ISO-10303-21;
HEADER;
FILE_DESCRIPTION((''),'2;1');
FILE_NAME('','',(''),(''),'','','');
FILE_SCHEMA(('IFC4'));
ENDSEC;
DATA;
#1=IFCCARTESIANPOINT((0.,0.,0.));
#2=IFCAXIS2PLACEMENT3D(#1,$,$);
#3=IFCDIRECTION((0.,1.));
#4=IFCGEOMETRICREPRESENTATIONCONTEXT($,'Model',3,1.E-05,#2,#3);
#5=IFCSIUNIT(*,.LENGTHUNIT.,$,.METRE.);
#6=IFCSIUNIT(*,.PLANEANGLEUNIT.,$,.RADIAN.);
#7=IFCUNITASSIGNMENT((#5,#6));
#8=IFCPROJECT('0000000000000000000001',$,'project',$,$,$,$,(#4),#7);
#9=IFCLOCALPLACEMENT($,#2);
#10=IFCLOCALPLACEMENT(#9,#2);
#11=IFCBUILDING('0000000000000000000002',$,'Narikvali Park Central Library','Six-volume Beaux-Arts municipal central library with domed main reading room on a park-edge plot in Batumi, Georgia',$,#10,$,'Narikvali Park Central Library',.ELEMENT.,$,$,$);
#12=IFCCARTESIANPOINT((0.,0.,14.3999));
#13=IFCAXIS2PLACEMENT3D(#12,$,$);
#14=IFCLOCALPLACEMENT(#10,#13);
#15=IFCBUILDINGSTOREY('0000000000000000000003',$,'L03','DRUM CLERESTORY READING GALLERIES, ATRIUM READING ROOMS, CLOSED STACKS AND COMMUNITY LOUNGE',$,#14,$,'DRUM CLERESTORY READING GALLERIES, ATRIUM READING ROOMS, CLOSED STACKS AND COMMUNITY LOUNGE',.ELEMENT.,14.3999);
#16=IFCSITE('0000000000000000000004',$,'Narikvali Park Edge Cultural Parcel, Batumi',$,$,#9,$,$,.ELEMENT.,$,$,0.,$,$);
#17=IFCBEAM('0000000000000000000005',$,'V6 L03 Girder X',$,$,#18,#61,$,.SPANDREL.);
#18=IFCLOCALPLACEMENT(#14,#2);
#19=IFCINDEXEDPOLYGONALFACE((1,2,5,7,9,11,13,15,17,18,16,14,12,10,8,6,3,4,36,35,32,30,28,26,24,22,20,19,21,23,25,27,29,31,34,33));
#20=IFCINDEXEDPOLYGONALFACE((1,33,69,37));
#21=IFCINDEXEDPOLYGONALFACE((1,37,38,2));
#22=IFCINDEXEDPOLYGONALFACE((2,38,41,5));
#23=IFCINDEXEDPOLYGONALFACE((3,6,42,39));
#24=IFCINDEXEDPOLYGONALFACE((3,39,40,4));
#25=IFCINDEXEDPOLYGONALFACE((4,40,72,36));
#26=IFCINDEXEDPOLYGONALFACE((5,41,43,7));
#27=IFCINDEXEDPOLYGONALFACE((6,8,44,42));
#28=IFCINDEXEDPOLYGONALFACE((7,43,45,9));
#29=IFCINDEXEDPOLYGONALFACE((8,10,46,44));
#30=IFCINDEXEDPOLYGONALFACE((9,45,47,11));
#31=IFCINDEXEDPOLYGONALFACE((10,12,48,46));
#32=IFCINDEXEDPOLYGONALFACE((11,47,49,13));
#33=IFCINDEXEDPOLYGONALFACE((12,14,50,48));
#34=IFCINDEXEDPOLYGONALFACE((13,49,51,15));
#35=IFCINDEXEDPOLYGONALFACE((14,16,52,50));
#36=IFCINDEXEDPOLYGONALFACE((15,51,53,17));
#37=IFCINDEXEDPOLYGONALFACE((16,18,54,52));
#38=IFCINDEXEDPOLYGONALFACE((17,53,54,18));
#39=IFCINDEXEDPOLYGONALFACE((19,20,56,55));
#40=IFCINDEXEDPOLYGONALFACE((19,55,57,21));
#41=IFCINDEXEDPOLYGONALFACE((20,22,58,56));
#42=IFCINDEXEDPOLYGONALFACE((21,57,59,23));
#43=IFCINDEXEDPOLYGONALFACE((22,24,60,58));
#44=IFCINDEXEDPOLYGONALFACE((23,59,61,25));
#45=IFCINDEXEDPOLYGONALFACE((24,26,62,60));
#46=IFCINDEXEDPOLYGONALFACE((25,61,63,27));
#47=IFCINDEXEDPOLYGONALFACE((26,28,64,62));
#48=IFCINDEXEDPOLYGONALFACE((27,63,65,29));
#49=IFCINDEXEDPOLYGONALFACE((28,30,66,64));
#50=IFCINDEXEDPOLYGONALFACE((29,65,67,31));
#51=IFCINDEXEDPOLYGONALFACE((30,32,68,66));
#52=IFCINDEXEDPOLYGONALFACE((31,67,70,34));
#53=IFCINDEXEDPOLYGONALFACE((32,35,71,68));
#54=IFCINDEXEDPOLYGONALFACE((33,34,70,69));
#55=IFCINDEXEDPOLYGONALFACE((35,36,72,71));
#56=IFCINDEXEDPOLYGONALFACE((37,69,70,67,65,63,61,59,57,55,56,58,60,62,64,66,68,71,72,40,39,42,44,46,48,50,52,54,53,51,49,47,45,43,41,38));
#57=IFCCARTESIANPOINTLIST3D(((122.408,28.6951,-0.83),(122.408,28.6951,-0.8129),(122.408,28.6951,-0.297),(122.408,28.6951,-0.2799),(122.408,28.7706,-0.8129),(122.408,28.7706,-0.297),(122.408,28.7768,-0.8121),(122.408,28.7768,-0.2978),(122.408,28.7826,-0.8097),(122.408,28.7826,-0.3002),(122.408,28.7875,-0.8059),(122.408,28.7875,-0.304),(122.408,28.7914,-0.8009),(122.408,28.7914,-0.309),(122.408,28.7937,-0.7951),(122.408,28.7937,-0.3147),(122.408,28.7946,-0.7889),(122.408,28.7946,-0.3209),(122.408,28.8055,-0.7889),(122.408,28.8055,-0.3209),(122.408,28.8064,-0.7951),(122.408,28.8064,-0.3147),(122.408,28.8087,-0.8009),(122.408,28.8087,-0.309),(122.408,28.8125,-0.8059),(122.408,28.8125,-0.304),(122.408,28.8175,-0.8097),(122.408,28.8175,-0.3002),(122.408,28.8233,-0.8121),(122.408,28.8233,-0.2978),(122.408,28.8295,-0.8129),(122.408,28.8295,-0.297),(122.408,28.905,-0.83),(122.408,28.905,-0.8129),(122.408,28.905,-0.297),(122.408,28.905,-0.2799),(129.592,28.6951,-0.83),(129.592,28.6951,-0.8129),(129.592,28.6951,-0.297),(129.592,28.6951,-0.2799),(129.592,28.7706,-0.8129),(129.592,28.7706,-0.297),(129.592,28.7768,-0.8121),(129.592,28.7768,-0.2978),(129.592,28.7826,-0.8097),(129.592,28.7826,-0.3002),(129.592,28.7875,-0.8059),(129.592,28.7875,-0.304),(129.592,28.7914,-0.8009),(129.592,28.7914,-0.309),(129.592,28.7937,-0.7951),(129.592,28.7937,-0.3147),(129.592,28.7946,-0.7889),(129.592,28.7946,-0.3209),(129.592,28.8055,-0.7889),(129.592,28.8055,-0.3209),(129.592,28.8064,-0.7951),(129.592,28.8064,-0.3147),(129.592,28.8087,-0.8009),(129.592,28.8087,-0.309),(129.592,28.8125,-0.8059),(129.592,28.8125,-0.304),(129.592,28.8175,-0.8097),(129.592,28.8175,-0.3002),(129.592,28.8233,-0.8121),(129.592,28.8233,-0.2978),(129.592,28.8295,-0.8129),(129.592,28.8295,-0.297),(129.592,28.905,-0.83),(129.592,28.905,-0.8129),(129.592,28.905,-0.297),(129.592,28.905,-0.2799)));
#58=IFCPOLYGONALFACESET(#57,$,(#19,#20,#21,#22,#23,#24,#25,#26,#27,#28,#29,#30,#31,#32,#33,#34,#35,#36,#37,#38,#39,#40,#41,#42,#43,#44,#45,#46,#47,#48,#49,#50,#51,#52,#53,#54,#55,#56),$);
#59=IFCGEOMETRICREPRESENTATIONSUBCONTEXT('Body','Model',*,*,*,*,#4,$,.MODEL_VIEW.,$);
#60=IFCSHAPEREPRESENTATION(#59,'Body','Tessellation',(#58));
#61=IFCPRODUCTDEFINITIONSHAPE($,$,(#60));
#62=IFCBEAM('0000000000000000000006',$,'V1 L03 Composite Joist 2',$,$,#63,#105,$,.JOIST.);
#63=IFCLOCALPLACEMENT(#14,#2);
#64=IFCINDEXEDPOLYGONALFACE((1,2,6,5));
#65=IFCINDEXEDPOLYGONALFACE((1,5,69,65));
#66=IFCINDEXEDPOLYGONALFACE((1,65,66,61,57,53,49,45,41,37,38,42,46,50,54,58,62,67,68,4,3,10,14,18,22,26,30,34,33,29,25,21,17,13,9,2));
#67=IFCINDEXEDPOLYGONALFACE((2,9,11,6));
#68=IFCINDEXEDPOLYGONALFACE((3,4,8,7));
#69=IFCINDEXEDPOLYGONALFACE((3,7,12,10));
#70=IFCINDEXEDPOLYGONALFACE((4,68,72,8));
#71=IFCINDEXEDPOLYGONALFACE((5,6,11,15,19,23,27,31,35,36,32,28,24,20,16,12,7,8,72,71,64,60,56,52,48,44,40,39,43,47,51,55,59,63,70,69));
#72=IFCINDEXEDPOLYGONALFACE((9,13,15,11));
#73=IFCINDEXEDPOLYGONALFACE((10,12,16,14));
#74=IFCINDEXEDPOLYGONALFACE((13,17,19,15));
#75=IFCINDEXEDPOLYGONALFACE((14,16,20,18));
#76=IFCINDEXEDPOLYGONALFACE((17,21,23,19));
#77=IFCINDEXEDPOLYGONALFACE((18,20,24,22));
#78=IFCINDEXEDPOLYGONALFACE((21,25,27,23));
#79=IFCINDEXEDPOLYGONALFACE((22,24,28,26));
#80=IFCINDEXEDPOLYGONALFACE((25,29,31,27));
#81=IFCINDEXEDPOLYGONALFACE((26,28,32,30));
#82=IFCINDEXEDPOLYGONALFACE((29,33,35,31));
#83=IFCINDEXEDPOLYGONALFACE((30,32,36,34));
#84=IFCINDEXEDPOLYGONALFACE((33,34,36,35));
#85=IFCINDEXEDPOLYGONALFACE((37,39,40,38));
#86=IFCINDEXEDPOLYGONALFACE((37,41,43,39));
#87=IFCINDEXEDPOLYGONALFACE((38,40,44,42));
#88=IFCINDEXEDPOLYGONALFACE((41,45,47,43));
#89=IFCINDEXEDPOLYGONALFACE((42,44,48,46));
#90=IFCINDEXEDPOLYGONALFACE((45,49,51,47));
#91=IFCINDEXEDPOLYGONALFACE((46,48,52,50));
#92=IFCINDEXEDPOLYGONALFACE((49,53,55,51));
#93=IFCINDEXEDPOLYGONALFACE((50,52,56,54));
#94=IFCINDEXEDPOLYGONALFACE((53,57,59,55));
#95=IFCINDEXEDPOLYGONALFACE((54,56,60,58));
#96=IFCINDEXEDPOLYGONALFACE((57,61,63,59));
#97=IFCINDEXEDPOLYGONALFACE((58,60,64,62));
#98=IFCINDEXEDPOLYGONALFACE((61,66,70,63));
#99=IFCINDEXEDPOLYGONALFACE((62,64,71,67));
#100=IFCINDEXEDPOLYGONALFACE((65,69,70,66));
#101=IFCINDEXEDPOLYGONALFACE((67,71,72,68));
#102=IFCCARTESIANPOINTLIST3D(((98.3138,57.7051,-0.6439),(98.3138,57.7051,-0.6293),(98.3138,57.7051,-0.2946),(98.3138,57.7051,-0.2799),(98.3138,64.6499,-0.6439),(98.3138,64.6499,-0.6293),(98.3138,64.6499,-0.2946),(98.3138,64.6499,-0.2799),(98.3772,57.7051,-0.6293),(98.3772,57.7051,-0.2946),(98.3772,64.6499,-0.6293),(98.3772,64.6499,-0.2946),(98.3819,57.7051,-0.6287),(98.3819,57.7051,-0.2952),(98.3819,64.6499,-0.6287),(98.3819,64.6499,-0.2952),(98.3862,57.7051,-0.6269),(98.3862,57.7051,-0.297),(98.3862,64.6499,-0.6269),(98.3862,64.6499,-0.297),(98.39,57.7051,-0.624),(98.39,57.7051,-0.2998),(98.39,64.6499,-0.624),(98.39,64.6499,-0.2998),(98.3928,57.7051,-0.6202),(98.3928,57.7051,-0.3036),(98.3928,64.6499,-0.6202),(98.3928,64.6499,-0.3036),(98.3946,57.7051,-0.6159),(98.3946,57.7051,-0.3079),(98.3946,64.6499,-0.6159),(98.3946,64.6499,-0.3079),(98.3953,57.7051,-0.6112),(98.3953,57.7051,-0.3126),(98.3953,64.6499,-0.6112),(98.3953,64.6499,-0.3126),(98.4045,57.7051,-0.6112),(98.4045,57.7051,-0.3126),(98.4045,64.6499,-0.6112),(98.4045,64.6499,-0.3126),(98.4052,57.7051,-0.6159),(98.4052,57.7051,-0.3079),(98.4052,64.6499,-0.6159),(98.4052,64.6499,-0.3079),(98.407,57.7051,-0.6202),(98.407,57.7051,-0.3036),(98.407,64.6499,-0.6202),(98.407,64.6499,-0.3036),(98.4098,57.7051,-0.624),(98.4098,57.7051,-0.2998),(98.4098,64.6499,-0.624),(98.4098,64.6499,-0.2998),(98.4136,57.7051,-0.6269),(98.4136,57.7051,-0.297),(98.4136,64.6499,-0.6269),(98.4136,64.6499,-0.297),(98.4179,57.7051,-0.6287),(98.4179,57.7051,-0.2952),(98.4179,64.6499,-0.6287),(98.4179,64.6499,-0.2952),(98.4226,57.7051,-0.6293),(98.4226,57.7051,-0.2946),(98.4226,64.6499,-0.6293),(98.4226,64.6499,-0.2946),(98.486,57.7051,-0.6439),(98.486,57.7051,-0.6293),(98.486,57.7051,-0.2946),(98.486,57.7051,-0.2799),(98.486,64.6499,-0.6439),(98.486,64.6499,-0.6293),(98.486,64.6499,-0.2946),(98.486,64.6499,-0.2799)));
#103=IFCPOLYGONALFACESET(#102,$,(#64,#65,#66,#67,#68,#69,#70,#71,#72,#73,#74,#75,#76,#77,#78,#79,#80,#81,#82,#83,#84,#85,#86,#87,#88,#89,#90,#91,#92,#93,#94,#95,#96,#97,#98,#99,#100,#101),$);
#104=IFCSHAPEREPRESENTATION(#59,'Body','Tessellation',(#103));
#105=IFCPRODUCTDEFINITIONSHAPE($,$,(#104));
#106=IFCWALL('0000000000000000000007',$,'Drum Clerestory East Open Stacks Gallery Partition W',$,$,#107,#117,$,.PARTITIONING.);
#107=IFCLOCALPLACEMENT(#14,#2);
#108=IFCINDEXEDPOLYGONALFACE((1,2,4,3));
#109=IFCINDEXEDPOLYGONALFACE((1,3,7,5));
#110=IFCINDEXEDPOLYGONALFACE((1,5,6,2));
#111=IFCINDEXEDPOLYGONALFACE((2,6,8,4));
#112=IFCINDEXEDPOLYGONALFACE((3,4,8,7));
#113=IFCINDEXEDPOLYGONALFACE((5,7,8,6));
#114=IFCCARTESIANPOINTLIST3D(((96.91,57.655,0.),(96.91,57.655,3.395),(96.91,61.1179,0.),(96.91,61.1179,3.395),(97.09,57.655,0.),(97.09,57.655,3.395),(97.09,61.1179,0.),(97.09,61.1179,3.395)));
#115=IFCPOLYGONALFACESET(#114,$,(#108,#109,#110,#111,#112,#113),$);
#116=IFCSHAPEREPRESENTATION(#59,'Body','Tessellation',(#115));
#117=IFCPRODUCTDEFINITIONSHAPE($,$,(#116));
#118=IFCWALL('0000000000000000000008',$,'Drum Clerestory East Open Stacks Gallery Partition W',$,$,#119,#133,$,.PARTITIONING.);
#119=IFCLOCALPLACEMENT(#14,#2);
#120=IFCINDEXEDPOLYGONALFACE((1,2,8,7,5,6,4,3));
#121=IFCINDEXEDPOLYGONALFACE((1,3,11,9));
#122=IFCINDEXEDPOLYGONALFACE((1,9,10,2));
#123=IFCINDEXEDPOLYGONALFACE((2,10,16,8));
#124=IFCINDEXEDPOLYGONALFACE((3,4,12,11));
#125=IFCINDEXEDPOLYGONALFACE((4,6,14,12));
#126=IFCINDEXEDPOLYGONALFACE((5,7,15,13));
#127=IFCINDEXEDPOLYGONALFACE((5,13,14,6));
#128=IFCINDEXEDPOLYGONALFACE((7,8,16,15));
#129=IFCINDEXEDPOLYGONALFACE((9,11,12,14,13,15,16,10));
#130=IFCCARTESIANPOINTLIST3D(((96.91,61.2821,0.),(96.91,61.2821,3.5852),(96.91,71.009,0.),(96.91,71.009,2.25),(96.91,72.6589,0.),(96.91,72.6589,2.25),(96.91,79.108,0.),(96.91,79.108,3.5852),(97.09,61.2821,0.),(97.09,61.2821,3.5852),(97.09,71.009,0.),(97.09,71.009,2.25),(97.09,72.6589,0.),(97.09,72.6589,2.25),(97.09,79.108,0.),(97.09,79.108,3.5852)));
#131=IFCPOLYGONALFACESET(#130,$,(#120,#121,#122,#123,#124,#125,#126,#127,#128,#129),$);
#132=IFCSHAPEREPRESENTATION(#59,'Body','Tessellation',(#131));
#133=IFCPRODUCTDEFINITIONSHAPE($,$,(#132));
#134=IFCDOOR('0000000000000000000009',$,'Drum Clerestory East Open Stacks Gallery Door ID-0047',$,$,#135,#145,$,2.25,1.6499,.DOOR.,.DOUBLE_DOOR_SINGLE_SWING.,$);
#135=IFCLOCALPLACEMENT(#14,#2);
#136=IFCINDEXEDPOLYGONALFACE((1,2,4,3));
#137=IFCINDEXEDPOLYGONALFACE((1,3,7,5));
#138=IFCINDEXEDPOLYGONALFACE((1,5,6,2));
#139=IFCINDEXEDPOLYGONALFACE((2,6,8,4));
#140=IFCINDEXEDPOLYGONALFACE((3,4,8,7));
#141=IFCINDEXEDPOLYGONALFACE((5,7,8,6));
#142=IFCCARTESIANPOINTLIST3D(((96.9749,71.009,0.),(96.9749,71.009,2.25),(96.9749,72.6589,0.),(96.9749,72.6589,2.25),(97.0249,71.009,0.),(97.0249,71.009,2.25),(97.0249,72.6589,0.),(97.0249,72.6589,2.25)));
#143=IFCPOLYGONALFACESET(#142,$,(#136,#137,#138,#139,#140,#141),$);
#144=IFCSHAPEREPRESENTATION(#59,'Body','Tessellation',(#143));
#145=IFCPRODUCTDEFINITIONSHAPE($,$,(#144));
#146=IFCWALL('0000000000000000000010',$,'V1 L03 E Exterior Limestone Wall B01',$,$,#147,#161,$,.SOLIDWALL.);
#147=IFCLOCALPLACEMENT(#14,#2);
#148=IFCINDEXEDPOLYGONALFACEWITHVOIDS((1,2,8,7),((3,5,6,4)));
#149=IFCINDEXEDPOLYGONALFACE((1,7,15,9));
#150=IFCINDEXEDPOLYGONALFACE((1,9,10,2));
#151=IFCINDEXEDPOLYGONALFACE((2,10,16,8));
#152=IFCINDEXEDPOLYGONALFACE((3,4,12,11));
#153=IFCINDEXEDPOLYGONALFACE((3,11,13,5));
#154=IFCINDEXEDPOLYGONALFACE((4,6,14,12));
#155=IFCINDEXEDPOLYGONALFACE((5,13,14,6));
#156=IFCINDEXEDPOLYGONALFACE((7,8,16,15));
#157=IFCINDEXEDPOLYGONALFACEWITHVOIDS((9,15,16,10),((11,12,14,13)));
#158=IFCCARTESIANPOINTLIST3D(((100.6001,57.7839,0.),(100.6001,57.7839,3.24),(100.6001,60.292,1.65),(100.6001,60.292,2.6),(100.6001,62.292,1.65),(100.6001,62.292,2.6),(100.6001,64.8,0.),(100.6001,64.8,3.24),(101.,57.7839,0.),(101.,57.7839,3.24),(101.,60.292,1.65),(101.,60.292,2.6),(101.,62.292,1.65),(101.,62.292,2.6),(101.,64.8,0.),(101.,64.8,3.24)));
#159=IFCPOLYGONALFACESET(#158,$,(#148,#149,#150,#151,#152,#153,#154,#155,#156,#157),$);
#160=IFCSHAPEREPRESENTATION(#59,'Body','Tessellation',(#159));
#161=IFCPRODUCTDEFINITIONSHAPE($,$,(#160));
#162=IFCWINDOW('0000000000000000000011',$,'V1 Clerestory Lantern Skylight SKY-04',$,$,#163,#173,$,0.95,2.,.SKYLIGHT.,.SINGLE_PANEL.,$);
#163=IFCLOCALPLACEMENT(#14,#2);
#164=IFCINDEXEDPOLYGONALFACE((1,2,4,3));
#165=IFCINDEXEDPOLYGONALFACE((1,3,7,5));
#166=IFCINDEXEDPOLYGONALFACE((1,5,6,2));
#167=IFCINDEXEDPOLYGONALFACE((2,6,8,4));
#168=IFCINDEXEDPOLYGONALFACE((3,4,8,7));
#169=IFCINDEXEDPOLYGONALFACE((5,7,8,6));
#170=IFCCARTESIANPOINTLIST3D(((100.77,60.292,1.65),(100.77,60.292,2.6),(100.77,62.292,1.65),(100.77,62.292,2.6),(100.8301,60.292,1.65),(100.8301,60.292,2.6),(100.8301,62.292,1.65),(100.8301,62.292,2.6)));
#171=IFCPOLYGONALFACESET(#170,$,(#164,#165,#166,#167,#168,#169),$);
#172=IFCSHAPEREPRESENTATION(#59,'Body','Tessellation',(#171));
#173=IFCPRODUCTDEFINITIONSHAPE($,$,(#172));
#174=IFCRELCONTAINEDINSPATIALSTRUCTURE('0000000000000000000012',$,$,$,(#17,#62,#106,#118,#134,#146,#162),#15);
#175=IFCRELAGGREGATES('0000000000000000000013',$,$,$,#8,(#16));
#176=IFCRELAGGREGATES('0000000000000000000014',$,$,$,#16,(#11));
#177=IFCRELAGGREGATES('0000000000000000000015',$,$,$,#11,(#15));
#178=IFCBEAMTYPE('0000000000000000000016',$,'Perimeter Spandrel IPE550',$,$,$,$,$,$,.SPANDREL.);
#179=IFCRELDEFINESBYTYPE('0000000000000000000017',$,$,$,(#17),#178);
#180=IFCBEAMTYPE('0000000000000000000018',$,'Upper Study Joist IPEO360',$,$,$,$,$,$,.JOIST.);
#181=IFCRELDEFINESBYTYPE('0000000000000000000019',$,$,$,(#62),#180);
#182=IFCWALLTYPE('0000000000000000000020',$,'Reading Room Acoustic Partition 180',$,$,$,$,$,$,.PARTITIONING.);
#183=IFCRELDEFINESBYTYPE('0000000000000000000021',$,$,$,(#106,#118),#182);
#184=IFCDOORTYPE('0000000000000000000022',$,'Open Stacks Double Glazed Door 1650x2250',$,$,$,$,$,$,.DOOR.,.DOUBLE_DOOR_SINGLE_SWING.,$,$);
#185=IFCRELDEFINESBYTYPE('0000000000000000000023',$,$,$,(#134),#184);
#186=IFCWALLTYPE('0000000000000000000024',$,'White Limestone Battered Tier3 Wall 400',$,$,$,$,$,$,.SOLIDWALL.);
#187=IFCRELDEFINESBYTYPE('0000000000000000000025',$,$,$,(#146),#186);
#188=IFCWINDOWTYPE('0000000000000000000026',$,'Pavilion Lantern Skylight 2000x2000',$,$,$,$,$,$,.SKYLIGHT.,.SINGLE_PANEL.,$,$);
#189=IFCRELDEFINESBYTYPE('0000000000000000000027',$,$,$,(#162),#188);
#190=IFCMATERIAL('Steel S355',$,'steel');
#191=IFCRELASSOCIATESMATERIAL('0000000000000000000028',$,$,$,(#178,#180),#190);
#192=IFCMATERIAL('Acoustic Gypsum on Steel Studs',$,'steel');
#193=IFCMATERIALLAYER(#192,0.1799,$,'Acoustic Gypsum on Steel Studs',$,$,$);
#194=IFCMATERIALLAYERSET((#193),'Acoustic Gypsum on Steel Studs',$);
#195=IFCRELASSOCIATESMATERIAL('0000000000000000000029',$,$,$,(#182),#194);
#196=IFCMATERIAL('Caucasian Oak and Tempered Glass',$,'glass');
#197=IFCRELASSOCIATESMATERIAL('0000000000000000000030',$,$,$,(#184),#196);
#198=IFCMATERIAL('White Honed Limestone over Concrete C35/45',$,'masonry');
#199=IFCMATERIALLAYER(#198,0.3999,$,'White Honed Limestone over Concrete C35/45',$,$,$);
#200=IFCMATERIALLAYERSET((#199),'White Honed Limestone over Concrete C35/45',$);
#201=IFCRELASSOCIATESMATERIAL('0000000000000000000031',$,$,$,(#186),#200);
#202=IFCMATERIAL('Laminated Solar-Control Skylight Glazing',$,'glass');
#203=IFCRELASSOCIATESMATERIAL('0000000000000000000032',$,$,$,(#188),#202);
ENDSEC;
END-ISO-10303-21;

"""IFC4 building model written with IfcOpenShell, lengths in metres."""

from ifc_helpers import new_model, si_unit, direction, frame, frame_2d, origin, origin_2d, place, context, subcontext, project, spatial, rectangle, i_section, extrude, material, layer, layer_set, material_profile, profile_set, type_object, element, fill, save


model = new_model("IFC4")

# Units and contexts
model_context = context("Model", 3, precision=1e-05, world=origin(), true_north=direction((0.0, 1.0)))
body_context = subcontext(model_context, "Body", "Model", "MODEL_VIEW")
ifc_project = project(units=[si_unit("LENGTHUNIT", "METRE"), si_unit("PLANEANGLEUNIT", "RADIAN")], contexts=[model_context])

# Site, building, storey
site_placement = place(None, origin())
site = spatial("IfcSite", under=ifc_project, at=site_placement, Name="Narikvali Park Edge Cultural Parcel, Batumi", CompositionType="ELEMENT", RefElevation=0.0)
building_placement = place(site_placement, origin())
building = spatial("IfcBuilding", under=site, at=building_placement, Name="Narikvali Park Central Library", Description="Six-volume Beaux-Arts municipal central library with domed main reading room on a park-edge plot in Batumi, Georgia", LongName="Narikvali Park Central Library", CompositionType="ELEMENT")
storey_placement = place(building_placement, frame((0.0, 0.0, 14.3999)))
storey = spatial("IfcBuildingStorey", under=building, at=storey_placement, Name="L03", Description="DRUM CLERESTORY READING GALLERIES, ATRIUM READING ROOMS, CLOSED STACKS AND COMMUNITY LOUNGE", LongName="DRUM CLERESTORY READING GALLERIES, ATRIUM READING ROOMS, CLOSED STACKS AND COMMUNITY LOUNGE", CompositionType="ELEMENT", Elevation=14.3999)

# Shared definitions
ifc_material_1 = material(Name="Steel S355", Category="steel")

# Beams
ifc_material_profile_1 = material_profile(ifc_material_1, i_section(OverallWidth=0.21, OverallDepth=0.55, WebThickness=0.011, FlangeThickness=0.0171, FilletRadius=0.0239, at=origin_2d()), Name="IPE 550")
ifc_profile_set_1 = profile_set([ifc_material_profile_1], Name="Steel S355")
beam_type_1 = type_object("IfcBeamType", Name="Perimeter Spandrel IPE550", PredefinedType="SPANDREL", material=ifc_profile_set_1)
for number, where, z_axis, x_axis, name in (
    (1, (122.408, 28.8, -0.5549), (1.0, 0.0, 0.0), (0.0, 1.0, 0.0), "V6 L03 Girder X"),
):
    element("IfcBeam", number, at=place(storey_placement, frame(where, z_axis=z_axis, x_axis=x_axis)), inside=storey, type_object=beam_type_1, Name=name, PredefinedType="SPANDREL", context=body_context, shape_type="SweptSolid", body=[
        extrude(i_section(OverallWidth=0.21, OverallDepth=0.55, WebThickness=0.011, FlangeThickness=0.0171, FilletRadius=0.0239, at=origin_2d()), origin(), (0.0, 0.0, 1.0), 7.1841),
    ])
ifc_material_profile_2 = material_profile(ifc_material_1, i_section(OverallWidth=0.1721, OverallDepth=0.364, WebThickness=0.0093, FlangeThickness=0.0146, FilletRadius=0.0181, at=origin_2d()), Name="IPEO 360")
ifc_profile_set_2 = profile_set([ifc_material_profile_2], Name="Steel S355")
beam_type_2 = type_object("IfcBeamType", Name="Upper Study Joist IPEO360", PredefinedType="JOIST", material=ifc_profile_set_2)
beam_placement = place(storey_placement, frame((98.3999, 57.7051, -0.4619), z_axis=(0.0, 1.0, 0.0), x_axis=(-1.0, 0.0, 0.0)))
element("IfcBeam", 2, at=beam_placement, inside=storey, type_object=beam_type_2, Name="V1 L03 Composite Joist 2", PredefinedType="JOIST", context=body_context, shape_type="SweptSolid", body=[
    extrude(i_section(OverallWidth=0.1721, OverallDepth=0.364, WebThickness=0.0093, FlangeThickness=0.0146, FilletRadius=0.0181, at=origin_2d()), origin(), (0.0, 0.0, 1.0), 6.9448),
])

# Wall
ifc_material_2 = material(Name="Acoustic Gypsum on Steel Studs", Category="steel")
ifc_layer_1 = layer(ifc_material_2, 0.1799, Name="Acoustic Gypsum on Steel Studs")
ifc_layer_set_1 = layer_set([ifc_layer_1], Name="Acoustic Gypsum on Steel Studs")
wall_type_1 = type_object("IfcWallType", Name="Reading Room Acoustic Partition 180", PredefinedType="PARTITIONING", material=ifc_layer_set_1)
wall_1_placement = place(storey_placement, frame((97.0, 57.655, 0.0), z_axis=(0.0, 0.0, 1.0), x_axis=(0.0, 1.0, 0.0)))
element("IfcWall", 3, at=wall_1_placement, inside=storey, type_object=wall_type_1, Name="Drum Clerestory East Open Stacks Gallery Partition W", PredefinedType="PARTITIONING", context=body_context, shape_type="SweptSolid", body=[
    extrude(rectangle(XDim=3.4629, YDim=0.1799, at=frame_2d((1.7314, 0.0))), origin(), (0.0, 0.0, 1.0), 3.395),
])

# Wall, opening, door
wall_2_placement = place(storey_placement, frame((97.0, 61.282, 0.0), z_axis=(0.0, 0.0, 1.0), x_axis=(0.0, 1.0, 0.0)))
wall_2 = element("IfcWall", 4, at=wall_2_placement, inside=storey, type_object=wall_type_1, Name="Drum Clerestory East Open Stacks Gallery Partition W", PredefinedType="PARTITIONING", context=body_context, shape_type="SweptSolid", body=[
    extrude(rectangle(XDim=17.8259, YDim=0.1799, at=frame_2d((8.9131, 0.0))), origin(), (0.0, 0.0, 1.0), 3.5852),
])
opening_1_placement = place(wall_2_placement, frame((9.7271, 0.0, 0.0)))
opening_1 = element("IfcOpeningElement", 5, at=opening_1_placement, cuts=wall_2, PredefinedType="OPENING", context=body_context, shape_type="SweptSolid", body=[
    extrude(rectangle(XDim=1.6499, YDim=2.25, at=frame_2d((0.825, 1.125))), frame((0.0, 0.1021, 0.0), z_axis=(0.0, -1.0, 0.0), x_axis=(1.0, 0.0, 0.0)), (0.0, 0.0, 1.0), 0.2039),
])
ifc_material_3 = material(Name="Caucasian Oak and Tempered Glass", Category="glass")
door_type = type_object("IfcDoorType", Name="Open Stacks Double Glazed Door 1650x2250", OperationType="DOUBLE_DOOR_SINGLE_SWING", PredefinedType="DOOR", material=ifc_material_3)
door_placement = place(opening_1_placement, frame((1.6499, 0.0, 0.0), z_axis=(0.0, 0.0, 1.0), x_axis=(-1.0, 0.0, 0.0)))
door = element("IfcDoor", 6, at=door_placement, inside=storey, type_object=door_type, Name="Drum Clerestory East Open Stacks Gallery Door ID-0047", OperationType="DOUBLE_DOOR_SINGLE_SWING", OverallHeight=2.25, OverallWidth=1.6499, PredefinedType="DOOR", context=body_context, shape_type="SweptSolid", body=[
    extrude(rectangle(XDim=1.6499, YDim=2.25, at=frame_2d((0.825, 1.125))), frame((0.0, 0.0249, 0.0), z_axis=(0.0, -1.0, 0.0), x_axis=(1.0, 0.0, 0.0)), (0.0, 0.0, 1.0), 0.05),
])
fill(opening_1, door)

# Wall, opening, window
ifc_material_4 = material(Name="White Honed Limestone over Concrete C35/45", Category="masonry")
ifc_layer_2 = layer(ifc_material_4, 0.3999, Name="White Honed Limestone over Concrete C35/45")
ifc_layer_set_2 = layer_set([ifc_layer_2], Name="White Honed Limestone over Concrete C35/45")
wall_type_2 = type_object("IfcWallType", Name="White Limestone Battered Tier3 Wall 400", PredefinedType="SOLIDWALL", material=ifc_layer_set_2)
wall_3_placement = place(storey_placement, frame((100.8, 57.7839, 0.0), z_axis=(0.0, 0.0, 1.0), x_axis=(0.0, 1.0, 0.0)))
wall_3 = element("IfcWall", 7, at=wall_3_placement, inside=storey, type_object=wall_type_2, Name="V1 L03 E Exterior Limestone Wall B01", PredefinedType="SOLIDWALL", context=body_context, shape_type="SweptSolid", body=[
    extrude(rectangle(XDim=7.0161, YDim=0.3999, at=frame_2d((3.5081, 0.0))), origin(), (0.0, 0.0, 1.0), 3.24),
])
opening_2_placement = place(wall_3_placement, frame((2.5081, 0.0, 1.6499)))
opening_2 = element("IfcOpeningElement", 8, at=opening_2_placement, cuts=wall_3, PredefinedType="OPENING", context=body_context, shape_type="SweptSolid", body=[
    extrude(rectangle(XDim=2.0, YDim=0.95, at=frame_2d((1.0, 0.4751))), frame((0.0, 0.2119, 0.0), z_axis=(0.0, -1.0, 0.0), x_axis=(1.0, 0.0, 0.0)), (0.0, 0.0, 1.0), 0.4238),
])
ifc_material_5 = material(Name="Laminated Solar-Control Skylight Glazing", Category="glass")
window_type_1 = type_object("IfcWindowType", Name="Pavilion Lantern Skylight 2000x2000", PartitioningType="SINGLE_PANEL", PredefinedType="SKYLIGHT", material=ifc_material_5)
window_1_placement = place(opening_2_placement, origin())
window_1 = element("IfcWindow", 9, at=window_1_placement, inside=storey, type_object=window_type_1, Name="V1 Clerestory Lantern Skylight SKY-04", OverallHeight=0.95, OverallWidth=2.0, PartitioningType="SINGLE_PANEL", PredefinedType="SKYLIGHT", context=body_context, shape_type="SweptSolid", body=[
    extrude(rectangle(XDim=2.0, YDim=0.95, at=frame_2d((1.0, 0.4751))), frame((0.0, 0.03, 0.0), z_axis=(0.0, -1.0, 0.0), x_axis=(1.0, 0.0, 0.0)), (0.0, 0.0, 1.0), 0.0601),
])
fill(opening_2, window_1)

save(model, "model.ifc")
